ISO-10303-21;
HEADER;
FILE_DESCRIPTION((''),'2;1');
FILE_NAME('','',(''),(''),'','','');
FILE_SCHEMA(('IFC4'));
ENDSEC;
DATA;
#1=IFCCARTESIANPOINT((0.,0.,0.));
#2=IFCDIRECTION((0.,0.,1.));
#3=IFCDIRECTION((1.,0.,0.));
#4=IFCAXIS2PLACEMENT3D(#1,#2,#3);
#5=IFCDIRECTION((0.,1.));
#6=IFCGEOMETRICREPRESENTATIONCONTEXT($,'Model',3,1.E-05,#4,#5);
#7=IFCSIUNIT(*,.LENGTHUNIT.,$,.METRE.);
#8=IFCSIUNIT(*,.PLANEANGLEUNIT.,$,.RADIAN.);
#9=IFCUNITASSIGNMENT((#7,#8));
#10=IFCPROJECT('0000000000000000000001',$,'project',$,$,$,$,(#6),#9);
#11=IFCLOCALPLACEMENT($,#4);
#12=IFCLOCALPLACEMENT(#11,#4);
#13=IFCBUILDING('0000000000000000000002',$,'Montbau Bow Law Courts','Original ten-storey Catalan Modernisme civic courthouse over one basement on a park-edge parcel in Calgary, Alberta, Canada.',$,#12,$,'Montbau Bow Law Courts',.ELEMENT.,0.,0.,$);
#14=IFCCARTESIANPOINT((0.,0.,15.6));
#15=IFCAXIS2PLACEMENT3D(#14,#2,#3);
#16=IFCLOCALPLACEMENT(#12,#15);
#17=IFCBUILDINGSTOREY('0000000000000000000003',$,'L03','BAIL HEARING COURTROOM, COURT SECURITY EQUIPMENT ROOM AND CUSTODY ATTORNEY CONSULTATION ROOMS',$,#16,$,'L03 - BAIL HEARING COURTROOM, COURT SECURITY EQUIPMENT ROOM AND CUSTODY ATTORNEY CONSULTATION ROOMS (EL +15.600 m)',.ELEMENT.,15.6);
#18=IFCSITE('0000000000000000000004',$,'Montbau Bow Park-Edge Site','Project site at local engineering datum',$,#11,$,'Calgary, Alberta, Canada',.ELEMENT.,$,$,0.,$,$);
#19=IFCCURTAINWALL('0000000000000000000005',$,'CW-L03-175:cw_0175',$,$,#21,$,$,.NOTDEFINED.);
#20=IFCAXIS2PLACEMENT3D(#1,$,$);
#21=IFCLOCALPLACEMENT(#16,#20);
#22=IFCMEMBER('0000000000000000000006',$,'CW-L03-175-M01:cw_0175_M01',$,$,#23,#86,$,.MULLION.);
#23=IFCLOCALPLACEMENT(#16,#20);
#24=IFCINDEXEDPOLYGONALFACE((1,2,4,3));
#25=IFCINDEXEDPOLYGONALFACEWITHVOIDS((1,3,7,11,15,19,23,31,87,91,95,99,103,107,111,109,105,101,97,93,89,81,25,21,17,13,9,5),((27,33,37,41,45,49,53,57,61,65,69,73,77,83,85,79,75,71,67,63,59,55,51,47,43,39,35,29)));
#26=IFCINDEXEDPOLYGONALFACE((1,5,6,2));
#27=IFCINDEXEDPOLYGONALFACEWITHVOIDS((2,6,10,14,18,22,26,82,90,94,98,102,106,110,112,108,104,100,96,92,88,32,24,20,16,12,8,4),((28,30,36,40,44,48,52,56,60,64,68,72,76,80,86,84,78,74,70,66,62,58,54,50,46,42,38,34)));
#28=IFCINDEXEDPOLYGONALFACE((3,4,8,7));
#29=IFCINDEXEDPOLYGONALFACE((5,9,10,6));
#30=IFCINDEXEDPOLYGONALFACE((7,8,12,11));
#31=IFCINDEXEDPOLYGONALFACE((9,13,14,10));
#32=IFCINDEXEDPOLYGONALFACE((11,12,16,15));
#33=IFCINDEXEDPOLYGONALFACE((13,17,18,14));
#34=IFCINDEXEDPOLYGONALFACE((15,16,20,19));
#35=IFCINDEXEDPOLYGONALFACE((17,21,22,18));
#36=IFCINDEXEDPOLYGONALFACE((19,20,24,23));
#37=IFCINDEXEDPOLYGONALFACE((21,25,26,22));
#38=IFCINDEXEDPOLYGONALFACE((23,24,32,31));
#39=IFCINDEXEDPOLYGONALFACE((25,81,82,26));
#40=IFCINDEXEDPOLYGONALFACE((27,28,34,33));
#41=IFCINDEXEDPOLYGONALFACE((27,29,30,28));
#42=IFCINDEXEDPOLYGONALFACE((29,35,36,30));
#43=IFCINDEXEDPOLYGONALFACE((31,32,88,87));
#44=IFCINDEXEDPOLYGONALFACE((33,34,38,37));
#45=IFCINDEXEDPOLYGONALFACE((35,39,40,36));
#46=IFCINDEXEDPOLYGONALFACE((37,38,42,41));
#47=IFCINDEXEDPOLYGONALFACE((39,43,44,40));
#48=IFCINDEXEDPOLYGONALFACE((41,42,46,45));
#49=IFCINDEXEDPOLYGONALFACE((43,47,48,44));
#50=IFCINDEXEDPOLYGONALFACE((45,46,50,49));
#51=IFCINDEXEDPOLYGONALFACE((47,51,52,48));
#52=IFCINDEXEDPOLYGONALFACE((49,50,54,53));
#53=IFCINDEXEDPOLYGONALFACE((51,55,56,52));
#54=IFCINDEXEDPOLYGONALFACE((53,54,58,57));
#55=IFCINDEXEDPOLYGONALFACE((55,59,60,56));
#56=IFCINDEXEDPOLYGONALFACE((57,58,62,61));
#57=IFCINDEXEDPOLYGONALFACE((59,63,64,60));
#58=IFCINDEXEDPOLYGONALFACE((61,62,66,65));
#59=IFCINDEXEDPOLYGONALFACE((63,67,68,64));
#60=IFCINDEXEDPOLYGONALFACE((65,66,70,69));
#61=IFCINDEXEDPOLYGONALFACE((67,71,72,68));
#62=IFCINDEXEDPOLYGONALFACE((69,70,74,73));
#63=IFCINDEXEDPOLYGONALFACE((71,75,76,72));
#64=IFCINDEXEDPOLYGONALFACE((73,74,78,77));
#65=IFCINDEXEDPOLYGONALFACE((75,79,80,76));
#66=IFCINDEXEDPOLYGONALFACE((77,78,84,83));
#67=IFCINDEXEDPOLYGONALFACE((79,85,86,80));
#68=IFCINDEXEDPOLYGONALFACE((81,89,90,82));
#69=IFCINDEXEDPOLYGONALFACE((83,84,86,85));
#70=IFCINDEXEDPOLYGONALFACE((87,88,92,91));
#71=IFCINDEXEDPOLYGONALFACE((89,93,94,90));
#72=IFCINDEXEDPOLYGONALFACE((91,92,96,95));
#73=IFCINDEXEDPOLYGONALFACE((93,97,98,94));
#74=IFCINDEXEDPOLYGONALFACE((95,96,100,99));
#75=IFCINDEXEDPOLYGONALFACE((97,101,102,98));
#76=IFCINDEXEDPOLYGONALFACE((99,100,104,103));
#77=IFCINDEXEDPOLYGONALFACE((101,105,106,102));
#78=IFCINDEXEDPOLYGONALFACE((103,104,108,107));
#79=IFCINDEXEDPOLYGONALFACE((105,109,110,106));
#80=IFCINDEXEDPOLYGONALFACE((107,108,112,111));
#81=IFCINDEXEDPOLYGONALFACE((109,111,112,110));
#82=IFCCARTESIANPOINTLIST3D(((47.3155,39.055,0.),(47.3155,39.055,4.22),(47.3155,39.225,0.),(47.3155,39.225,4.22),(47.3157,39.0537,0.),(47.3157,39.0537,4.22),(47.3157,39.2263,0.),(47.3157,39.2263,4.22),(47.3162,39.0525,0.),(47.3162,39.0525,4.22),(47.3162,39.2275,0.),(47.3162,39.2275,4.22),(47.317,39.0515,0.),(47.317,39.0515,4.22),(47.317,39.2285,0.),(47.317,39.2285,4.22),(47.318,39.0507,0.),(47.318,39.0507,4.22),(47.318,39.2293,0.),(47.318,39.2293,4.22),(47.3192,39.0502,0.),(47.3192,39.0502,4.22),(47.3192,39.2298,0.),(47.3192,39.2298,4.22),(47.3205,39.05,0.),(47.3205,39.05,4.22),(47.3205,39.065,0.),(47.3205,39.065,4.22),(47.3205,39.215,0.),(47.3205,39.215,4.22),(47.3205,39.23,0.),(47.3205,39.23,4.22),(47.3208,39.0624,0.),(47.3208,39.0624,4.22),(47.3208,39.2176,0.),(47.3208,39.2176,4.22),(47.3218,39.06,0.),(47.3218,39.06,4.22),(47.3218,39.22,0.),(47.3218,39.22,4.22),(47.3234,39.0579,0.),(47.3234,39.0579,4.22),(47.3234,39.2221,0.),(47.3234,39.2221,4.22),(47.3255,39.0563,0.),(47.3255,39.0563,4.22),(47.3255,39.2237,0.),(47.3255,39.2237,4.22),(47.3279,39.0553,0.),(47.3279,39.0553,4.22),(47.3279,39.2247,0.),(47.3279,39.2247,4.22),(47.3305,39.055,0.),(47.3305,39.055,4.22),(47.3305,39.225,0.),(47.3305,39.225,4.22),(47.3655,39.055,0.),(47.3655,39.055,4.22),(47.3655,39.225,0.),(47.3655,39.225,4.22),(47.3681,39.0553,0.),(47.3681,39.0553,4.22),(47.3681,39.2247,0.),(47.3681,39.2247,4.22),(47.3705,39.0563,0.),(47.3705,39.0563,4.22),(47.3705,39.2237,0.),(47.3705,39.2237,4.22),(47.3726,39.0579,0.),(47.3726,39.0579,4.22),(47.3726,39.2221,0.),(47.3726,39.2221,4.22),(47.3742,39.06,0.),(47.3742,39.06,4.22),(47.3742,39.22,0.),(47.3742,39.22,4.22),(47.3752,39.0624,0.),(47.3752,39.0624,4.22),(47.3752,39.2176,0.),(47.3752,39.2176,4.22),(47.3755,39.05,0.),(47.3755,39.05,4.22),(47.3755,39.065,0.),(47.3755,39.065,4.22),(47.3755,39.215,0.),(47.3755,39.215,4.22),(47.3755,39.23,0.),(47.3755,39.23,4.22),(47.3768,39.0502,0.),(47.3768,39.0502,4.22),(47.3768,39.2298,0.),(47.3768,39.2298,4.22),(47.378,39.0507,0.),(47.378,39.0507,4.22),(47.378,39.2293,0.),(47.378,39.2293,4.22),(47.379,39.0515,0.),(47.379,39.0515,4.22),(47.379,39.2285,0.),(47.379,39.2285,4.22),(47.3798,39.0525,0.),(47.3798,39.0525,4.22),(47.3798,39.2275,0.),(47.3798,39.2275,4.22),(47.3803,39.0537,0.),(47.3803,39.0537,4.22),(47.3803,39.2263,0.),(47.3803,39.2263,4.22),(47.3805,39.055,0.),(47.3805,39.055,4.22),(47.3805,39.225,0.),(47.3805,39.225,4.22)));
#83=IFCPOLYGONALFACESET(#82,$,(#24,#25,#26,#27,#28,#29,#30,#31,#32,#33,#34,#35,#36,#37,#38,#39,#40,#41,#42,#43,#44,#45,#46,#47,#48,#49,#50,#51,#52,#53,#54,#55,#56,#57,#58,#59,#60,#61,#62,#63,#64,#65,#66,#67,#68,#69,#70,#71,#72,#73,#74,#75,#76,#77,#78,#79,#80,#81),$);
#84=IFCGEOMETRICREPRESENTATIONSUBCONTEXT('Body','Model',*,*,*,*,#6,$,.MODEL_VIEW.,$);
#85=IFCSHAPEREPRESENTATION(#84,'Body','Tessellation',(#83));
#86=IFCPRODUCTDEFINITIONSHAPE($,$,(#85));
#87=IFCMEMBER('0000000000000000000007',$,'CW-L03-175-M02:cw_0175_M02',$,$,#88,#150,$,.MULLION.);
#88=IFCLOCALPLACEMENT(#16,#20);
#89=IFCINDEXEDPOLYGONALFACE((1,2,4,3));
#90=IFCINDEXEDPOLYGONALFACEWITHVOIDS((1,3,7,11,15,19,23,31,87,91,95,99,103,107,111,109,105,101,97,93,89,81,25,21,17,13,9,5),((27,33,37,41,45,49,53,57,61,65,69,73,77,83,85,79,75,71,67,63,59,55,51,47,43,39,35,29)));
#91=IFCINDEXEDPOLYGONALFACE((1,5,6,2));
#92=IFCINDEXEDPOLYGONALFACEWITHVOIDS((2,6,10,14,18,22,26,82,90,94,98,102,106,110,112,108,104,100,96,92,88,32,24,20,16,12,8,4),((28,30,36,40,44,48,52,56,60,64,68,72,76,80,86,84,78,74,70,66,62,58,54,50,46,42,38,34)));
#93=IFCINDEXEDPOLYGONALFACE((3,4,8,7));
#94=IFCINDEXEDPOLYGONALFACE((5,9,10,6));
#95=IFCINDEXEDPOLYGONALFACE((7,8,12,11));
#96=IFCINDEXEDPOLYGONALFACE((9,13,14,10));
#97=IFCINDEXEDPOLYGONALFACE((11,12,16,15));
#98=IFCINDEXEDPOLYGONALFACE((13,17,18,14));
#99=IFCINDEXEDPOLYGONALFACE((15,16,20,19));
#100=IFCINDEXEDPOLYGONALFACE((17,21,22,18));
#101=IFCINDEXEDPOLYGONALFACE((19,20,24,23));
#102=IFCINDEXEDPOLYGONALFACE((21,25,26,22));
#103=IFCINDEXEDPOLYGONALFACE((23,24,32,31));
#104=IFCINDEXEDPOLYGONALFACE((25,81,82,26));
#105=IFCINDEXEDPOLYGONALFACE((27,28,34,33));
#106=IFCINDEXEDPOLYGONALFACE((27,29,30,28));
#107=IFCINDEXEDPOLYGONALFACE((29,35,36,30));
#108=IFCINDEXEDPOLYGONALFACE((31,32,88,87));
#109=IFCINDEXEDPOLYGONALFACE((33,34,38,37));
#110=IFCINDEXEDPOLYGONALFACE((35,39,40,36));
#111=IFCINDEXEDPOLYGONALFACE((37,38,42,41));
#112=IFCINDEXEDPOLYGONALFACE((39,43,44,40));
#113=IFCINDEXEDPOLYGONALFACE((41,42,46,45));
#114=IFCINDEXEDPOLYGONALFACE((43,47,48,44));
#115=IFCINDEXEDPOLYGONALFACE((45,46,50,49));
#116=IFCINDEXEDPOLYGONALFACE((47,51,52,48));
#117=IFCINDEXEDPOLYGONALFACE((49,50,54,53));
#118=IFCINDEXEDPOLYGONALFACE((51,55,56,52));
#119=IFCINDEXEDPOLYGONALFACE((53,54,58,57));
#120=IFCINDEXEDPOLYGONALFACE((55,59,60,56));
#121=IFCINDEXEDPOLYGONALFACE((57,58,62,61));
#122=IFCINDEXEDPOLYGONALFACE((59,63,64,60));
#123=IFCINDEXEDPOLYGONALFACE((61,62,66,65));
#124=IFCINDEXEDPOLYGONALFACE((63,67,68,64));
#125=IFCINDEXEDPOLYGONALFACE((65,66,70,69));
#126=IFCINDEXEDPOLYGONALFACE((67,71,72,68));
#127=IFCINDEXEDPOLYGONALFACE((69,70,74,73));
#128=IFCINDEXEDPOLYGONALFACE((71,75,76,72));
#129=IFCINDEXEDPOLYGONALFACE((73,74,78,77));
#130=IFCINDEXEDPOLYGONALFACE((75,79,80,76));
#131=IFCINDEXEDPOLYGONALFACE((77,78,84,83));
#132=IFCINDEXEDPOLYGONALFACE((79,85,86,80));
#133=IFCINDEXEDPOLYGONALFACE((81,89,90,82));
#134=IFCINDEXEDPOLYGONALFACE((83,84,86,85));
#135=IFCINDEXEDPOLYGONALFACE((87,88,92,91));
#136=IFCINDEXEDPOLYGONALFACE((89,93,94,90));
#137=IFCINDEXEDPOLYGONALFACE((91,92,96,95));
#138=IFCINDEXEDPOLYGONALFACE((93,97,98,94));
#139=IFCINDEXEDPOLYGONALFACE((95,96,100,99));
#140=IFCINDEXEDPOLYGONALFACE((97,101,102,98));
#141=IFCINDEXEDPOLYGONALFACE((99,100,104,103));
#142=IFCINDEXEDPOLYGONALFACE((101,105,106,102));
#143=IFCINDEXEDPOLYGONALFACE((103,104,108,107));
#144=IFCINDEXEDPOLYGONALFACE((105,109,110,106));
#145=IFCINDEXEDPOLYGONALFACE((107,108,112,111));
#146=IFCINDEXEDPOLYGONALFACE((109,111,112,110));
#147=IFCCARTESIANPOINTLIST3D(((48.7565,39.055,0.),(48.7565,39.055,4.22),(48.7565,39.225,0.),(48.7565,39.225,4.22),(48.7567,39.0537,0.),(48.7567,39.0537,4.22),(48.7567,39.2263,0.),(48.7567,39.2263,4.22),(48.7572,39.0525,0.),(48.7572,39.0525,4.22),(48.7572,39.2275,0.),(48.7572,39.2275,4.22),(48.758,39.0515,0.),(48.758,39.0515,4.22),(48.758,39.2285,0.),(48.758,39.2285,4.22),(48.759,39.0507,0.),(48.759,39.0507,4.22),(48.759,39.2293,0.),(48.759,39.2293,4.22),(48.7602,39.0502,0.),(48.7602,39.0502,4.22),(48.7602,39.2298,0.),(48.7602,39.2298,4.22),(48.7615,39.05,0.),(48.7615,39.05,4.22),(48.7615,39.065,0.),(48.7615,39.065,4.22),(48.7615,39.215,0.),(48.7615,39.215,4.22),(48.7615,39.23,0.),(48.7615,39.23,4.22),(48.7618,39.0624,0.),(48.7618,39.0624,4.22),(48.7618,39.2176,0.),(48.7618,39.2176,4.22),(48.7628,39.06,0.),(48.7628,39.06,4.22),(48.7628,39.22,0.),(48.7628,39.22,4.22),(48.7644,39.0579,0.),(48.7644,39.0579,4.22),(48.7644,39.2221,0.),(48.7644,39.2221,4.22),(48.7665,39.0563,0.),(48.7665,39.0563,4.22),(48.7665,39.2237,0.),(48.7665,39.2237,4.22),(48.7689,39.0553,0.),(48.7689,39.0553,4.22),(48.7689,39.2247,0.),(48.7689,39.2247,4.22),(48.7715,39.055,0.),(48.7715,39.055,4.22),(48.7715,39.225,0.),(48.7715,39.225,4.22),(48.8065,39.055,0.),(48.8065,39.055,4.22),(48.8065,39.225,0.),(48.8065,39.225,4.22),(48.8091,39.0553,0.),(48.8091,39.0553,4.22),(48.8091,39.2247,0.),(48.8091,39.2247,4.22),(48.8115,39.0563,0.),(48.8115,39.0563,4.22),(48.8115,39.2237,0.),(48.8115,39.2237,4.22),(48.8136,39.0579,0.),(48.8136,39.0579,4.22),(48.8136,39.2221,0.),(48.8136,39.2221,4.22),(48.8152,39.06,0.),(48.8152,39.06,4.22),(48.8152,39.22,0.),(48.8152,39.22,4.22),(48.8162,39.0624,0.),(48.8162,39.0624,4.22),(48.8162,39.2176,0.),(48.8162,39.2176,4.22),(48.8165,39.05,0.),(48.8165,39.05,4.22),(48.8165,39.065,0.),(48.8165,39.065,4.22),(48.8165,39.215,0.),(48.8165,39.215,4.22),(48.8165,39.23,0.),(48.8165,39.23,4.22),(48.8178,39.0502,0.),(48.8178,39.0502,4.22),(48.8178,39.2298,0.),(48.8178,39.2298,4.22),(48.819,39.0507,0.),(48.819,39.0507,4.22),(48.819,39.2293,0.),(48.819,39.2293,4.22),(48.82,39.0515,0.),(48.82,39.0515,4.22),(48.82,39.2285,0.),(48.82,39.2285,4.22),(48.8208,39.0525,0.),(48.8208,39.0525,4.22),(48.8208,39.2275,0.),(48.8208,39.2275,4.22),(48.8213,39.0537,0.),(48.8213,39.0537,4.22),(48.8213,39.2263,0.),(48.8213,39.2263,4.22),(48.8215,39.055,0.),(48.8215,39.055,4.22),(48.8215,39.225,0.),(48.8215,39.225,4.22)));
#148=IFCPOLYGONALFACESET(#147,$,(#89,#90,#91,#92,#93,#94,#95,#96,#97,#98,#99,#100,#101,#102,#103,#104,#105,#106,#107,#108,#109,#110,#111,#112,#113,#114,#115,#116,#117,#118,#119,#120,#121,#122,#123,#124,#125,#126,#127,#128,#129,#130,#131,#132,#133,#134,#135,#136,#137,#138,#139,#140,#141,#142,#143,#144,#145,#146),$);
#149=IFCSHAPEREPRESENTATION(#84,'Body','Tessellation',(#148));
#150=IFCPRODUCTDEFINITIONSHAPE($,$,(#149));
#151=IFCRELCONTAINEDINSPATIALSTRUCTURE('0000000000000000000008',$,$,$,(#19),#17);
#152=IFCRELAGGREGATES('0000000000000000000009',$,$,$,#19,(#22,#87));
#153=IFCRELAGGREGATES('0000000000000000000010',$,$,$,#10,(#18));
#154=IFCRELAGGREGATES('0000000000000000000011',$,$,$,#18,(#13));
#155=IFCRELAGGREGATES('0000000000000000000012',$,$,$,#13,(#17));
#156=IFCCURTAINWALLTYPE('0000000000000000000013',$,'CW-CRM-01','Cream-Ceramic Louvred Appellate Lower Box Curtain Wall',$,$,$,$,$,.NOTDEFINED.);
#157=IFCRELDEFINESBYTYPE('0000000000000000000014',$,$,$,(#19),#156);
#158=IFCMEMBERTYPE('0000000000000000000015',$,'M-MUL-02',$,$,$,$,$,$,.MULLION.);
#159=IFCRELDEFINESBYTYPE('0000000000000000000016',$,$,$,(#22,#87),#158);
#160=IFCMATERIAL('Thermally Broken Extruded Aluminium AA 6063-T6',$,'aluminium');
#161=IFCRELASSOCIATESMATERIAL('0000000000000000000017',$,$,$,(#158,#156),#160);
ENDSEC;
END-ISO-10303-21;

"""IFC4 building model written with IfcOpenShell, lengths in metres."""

from ifc_helpers import new_model, si_unit, direction, frame, origin_with_axes, origin_2d_with_axis, place, context, subcontext, project, spatial, hollow_rectangle, extrude, material, material_profile, profile_set, type_object, element, aggregate, save


model = new_model("IFC4")

# Units and contexts
model_context = context("Model", 3, precision=1e-05, world=origin_with_axes(), true_north=direction((0.0, 1.0)))
body_context = subcontext(model_context, "Body", "Model", "MODEL_VIEW")
ifc_project = project(units=[si_unit("LENGTHUNIT", "METRE"), si_unit("PLANEANGLEUNIT", "RADIAN")], contexts=[model_context])

# Site, building, storey
site_placement = place(None, origin_with_axes())
site = spatial("IfcSite", under=ifc_project, at=site_placement, Name="Montbau Bow Park-Edge Site", Description="Project site at local engineering datum", LongName="Calgary, Alberta, Canada", CompositionType="ELEMENT", RefElevation=0.0)
building_placement = place(site_placement, origin_with_axes())
building = spatial("IfcBuilding", under=site, at=building_placement, Name="Montbau Bow Law Courts", Description="Original ten-storey Catalan Modernisme civic courthouse over one basement on a park-edge parcel in Calgary, Alberta, Canada.", LongName="Montbau Bow Law Courts", CompositionType="ELEMENT", ElevationOfRefHeight=0.0, ElevationOfTerrain=0.0)
storey_placement = place(building_placement, frame((0.0, 0.0, 15.6), z_axis=(0.0, 0.0, 1.0), x_axis=(1.0, 0.0, 0.0)))
storey = spatial("IfcBuildingStorey", under=building, at=storey_placement, Name="L03", Description="BAIL HEARING COURTROOM, COURT SECURITY EQUIPMENT ROOM AND CUSTODY ATTORNEY CONSULTATION ROOMS", LongName="L03 - BAIL HEARING COURTROOM, COURT SECURITY EQUIPMENT ROOM AND CUSTODY ATTORNEY CONSULTATION ROOMS (EL +15.600 m)", CompositionType="ELEMENT", Elevation=15.6)

# Curtain wall, members
ifc_material_1 = material(Name="Thermally Broken Extruded Aluminium AA 6063-T6", Category="aluminium")
ifc_material_profile_1 = material_profile(ifc_material_1, hollow_rectangle(XDim=0.065, YDim=0.18, WallThickness=0.005, InnerFilletRadius=0.01, OuterFilletRadius=0.005, at=origin_2d_with_axis()), Name="CWM-180X65", Category="Main", Priority=0)
ifc_profile_set_1 = profile_set([ifc_material_profile_1], Name="Thermally Broken Extruded Aluminium AA 6063-T6")
member_type_1 = type_object("IfcMemberType", Name="M-MUL-02", PredefinedType="MULLION", material=ifc_profile_set_1)
curtain_wall_type_1 = type_object("IfcCurtainWallType", Name="CW-CRM-01", Description="Cream-Ceramic Louvred Appellate Lower Box Curtain Wall", PredefinedType="NOTDEFINED", material=ifc_material_1)
curtain_wall_1_placement = place(None, frame((47.315, 39.14, 15.6), z_axis=(0.0, 0.0, 1.0), x_axis=(1.0, 0.0, 0.0)))
curtain_wall_1 = element("IfcCurtainWall", 1, at=curtain_wall_1_placement, inside=storey, type_object=curtain_wall_type_1, Name="CW-L03-175:cw_0175", PredefinedType="NOTDEFINED")
member_1_placement = place(None, frame((47.348, 39.14, 15.6), z_axis=(0.0, 0.0, 1.0), x_axis=(1.0, 0.0, 0.0)))
member_1 = element("IfcMember", 2, at=member_1_placement, type_object=member_type_1, Name="CW-L03-175-M01:cw_0175_M01", PredefinedType="MULLION", context=body_context, shape_type="SweptSolid", body=[
    extrude(hollow_rectangle(XDim=0.065, YDim=0.18, WallThickness=0.005, InnerFilletRadius=0.01, OuterFilletRadius=0.005, at=origin_2d_with_axis()), origin_with_axes(), (0.0, 0.0, 1.0), 4.22),
])
member_2_placement = place(None, frame((48.789, 39.14, 15.6), z_axis=(0.0, 0.0, 1.0), x_axis=(1.0, 0.0, 0.0)))
member_2 = element("IfcMember", 3, at=member_2_placement, type_object=member_type_1, Name="CW-L03-175-M02:cw_0175_M02", PredefinedType="MULLION", context=body_context, shape_type="SweptSolid", body=[
    extrude(hollow_rectangle(XDim=0.065, YDim=0.18, WallThickness=0.005, InnerFilletRadius=0.01, OuterFilletRadius=0.005, at=origin_2d_with_axis()), origin_with_axes(), (0.0, 0.0, 1.0), 4.22),
])

aggregate(curtain_wall_1, [member_1, member_2])

save(model, "model.ifc")
